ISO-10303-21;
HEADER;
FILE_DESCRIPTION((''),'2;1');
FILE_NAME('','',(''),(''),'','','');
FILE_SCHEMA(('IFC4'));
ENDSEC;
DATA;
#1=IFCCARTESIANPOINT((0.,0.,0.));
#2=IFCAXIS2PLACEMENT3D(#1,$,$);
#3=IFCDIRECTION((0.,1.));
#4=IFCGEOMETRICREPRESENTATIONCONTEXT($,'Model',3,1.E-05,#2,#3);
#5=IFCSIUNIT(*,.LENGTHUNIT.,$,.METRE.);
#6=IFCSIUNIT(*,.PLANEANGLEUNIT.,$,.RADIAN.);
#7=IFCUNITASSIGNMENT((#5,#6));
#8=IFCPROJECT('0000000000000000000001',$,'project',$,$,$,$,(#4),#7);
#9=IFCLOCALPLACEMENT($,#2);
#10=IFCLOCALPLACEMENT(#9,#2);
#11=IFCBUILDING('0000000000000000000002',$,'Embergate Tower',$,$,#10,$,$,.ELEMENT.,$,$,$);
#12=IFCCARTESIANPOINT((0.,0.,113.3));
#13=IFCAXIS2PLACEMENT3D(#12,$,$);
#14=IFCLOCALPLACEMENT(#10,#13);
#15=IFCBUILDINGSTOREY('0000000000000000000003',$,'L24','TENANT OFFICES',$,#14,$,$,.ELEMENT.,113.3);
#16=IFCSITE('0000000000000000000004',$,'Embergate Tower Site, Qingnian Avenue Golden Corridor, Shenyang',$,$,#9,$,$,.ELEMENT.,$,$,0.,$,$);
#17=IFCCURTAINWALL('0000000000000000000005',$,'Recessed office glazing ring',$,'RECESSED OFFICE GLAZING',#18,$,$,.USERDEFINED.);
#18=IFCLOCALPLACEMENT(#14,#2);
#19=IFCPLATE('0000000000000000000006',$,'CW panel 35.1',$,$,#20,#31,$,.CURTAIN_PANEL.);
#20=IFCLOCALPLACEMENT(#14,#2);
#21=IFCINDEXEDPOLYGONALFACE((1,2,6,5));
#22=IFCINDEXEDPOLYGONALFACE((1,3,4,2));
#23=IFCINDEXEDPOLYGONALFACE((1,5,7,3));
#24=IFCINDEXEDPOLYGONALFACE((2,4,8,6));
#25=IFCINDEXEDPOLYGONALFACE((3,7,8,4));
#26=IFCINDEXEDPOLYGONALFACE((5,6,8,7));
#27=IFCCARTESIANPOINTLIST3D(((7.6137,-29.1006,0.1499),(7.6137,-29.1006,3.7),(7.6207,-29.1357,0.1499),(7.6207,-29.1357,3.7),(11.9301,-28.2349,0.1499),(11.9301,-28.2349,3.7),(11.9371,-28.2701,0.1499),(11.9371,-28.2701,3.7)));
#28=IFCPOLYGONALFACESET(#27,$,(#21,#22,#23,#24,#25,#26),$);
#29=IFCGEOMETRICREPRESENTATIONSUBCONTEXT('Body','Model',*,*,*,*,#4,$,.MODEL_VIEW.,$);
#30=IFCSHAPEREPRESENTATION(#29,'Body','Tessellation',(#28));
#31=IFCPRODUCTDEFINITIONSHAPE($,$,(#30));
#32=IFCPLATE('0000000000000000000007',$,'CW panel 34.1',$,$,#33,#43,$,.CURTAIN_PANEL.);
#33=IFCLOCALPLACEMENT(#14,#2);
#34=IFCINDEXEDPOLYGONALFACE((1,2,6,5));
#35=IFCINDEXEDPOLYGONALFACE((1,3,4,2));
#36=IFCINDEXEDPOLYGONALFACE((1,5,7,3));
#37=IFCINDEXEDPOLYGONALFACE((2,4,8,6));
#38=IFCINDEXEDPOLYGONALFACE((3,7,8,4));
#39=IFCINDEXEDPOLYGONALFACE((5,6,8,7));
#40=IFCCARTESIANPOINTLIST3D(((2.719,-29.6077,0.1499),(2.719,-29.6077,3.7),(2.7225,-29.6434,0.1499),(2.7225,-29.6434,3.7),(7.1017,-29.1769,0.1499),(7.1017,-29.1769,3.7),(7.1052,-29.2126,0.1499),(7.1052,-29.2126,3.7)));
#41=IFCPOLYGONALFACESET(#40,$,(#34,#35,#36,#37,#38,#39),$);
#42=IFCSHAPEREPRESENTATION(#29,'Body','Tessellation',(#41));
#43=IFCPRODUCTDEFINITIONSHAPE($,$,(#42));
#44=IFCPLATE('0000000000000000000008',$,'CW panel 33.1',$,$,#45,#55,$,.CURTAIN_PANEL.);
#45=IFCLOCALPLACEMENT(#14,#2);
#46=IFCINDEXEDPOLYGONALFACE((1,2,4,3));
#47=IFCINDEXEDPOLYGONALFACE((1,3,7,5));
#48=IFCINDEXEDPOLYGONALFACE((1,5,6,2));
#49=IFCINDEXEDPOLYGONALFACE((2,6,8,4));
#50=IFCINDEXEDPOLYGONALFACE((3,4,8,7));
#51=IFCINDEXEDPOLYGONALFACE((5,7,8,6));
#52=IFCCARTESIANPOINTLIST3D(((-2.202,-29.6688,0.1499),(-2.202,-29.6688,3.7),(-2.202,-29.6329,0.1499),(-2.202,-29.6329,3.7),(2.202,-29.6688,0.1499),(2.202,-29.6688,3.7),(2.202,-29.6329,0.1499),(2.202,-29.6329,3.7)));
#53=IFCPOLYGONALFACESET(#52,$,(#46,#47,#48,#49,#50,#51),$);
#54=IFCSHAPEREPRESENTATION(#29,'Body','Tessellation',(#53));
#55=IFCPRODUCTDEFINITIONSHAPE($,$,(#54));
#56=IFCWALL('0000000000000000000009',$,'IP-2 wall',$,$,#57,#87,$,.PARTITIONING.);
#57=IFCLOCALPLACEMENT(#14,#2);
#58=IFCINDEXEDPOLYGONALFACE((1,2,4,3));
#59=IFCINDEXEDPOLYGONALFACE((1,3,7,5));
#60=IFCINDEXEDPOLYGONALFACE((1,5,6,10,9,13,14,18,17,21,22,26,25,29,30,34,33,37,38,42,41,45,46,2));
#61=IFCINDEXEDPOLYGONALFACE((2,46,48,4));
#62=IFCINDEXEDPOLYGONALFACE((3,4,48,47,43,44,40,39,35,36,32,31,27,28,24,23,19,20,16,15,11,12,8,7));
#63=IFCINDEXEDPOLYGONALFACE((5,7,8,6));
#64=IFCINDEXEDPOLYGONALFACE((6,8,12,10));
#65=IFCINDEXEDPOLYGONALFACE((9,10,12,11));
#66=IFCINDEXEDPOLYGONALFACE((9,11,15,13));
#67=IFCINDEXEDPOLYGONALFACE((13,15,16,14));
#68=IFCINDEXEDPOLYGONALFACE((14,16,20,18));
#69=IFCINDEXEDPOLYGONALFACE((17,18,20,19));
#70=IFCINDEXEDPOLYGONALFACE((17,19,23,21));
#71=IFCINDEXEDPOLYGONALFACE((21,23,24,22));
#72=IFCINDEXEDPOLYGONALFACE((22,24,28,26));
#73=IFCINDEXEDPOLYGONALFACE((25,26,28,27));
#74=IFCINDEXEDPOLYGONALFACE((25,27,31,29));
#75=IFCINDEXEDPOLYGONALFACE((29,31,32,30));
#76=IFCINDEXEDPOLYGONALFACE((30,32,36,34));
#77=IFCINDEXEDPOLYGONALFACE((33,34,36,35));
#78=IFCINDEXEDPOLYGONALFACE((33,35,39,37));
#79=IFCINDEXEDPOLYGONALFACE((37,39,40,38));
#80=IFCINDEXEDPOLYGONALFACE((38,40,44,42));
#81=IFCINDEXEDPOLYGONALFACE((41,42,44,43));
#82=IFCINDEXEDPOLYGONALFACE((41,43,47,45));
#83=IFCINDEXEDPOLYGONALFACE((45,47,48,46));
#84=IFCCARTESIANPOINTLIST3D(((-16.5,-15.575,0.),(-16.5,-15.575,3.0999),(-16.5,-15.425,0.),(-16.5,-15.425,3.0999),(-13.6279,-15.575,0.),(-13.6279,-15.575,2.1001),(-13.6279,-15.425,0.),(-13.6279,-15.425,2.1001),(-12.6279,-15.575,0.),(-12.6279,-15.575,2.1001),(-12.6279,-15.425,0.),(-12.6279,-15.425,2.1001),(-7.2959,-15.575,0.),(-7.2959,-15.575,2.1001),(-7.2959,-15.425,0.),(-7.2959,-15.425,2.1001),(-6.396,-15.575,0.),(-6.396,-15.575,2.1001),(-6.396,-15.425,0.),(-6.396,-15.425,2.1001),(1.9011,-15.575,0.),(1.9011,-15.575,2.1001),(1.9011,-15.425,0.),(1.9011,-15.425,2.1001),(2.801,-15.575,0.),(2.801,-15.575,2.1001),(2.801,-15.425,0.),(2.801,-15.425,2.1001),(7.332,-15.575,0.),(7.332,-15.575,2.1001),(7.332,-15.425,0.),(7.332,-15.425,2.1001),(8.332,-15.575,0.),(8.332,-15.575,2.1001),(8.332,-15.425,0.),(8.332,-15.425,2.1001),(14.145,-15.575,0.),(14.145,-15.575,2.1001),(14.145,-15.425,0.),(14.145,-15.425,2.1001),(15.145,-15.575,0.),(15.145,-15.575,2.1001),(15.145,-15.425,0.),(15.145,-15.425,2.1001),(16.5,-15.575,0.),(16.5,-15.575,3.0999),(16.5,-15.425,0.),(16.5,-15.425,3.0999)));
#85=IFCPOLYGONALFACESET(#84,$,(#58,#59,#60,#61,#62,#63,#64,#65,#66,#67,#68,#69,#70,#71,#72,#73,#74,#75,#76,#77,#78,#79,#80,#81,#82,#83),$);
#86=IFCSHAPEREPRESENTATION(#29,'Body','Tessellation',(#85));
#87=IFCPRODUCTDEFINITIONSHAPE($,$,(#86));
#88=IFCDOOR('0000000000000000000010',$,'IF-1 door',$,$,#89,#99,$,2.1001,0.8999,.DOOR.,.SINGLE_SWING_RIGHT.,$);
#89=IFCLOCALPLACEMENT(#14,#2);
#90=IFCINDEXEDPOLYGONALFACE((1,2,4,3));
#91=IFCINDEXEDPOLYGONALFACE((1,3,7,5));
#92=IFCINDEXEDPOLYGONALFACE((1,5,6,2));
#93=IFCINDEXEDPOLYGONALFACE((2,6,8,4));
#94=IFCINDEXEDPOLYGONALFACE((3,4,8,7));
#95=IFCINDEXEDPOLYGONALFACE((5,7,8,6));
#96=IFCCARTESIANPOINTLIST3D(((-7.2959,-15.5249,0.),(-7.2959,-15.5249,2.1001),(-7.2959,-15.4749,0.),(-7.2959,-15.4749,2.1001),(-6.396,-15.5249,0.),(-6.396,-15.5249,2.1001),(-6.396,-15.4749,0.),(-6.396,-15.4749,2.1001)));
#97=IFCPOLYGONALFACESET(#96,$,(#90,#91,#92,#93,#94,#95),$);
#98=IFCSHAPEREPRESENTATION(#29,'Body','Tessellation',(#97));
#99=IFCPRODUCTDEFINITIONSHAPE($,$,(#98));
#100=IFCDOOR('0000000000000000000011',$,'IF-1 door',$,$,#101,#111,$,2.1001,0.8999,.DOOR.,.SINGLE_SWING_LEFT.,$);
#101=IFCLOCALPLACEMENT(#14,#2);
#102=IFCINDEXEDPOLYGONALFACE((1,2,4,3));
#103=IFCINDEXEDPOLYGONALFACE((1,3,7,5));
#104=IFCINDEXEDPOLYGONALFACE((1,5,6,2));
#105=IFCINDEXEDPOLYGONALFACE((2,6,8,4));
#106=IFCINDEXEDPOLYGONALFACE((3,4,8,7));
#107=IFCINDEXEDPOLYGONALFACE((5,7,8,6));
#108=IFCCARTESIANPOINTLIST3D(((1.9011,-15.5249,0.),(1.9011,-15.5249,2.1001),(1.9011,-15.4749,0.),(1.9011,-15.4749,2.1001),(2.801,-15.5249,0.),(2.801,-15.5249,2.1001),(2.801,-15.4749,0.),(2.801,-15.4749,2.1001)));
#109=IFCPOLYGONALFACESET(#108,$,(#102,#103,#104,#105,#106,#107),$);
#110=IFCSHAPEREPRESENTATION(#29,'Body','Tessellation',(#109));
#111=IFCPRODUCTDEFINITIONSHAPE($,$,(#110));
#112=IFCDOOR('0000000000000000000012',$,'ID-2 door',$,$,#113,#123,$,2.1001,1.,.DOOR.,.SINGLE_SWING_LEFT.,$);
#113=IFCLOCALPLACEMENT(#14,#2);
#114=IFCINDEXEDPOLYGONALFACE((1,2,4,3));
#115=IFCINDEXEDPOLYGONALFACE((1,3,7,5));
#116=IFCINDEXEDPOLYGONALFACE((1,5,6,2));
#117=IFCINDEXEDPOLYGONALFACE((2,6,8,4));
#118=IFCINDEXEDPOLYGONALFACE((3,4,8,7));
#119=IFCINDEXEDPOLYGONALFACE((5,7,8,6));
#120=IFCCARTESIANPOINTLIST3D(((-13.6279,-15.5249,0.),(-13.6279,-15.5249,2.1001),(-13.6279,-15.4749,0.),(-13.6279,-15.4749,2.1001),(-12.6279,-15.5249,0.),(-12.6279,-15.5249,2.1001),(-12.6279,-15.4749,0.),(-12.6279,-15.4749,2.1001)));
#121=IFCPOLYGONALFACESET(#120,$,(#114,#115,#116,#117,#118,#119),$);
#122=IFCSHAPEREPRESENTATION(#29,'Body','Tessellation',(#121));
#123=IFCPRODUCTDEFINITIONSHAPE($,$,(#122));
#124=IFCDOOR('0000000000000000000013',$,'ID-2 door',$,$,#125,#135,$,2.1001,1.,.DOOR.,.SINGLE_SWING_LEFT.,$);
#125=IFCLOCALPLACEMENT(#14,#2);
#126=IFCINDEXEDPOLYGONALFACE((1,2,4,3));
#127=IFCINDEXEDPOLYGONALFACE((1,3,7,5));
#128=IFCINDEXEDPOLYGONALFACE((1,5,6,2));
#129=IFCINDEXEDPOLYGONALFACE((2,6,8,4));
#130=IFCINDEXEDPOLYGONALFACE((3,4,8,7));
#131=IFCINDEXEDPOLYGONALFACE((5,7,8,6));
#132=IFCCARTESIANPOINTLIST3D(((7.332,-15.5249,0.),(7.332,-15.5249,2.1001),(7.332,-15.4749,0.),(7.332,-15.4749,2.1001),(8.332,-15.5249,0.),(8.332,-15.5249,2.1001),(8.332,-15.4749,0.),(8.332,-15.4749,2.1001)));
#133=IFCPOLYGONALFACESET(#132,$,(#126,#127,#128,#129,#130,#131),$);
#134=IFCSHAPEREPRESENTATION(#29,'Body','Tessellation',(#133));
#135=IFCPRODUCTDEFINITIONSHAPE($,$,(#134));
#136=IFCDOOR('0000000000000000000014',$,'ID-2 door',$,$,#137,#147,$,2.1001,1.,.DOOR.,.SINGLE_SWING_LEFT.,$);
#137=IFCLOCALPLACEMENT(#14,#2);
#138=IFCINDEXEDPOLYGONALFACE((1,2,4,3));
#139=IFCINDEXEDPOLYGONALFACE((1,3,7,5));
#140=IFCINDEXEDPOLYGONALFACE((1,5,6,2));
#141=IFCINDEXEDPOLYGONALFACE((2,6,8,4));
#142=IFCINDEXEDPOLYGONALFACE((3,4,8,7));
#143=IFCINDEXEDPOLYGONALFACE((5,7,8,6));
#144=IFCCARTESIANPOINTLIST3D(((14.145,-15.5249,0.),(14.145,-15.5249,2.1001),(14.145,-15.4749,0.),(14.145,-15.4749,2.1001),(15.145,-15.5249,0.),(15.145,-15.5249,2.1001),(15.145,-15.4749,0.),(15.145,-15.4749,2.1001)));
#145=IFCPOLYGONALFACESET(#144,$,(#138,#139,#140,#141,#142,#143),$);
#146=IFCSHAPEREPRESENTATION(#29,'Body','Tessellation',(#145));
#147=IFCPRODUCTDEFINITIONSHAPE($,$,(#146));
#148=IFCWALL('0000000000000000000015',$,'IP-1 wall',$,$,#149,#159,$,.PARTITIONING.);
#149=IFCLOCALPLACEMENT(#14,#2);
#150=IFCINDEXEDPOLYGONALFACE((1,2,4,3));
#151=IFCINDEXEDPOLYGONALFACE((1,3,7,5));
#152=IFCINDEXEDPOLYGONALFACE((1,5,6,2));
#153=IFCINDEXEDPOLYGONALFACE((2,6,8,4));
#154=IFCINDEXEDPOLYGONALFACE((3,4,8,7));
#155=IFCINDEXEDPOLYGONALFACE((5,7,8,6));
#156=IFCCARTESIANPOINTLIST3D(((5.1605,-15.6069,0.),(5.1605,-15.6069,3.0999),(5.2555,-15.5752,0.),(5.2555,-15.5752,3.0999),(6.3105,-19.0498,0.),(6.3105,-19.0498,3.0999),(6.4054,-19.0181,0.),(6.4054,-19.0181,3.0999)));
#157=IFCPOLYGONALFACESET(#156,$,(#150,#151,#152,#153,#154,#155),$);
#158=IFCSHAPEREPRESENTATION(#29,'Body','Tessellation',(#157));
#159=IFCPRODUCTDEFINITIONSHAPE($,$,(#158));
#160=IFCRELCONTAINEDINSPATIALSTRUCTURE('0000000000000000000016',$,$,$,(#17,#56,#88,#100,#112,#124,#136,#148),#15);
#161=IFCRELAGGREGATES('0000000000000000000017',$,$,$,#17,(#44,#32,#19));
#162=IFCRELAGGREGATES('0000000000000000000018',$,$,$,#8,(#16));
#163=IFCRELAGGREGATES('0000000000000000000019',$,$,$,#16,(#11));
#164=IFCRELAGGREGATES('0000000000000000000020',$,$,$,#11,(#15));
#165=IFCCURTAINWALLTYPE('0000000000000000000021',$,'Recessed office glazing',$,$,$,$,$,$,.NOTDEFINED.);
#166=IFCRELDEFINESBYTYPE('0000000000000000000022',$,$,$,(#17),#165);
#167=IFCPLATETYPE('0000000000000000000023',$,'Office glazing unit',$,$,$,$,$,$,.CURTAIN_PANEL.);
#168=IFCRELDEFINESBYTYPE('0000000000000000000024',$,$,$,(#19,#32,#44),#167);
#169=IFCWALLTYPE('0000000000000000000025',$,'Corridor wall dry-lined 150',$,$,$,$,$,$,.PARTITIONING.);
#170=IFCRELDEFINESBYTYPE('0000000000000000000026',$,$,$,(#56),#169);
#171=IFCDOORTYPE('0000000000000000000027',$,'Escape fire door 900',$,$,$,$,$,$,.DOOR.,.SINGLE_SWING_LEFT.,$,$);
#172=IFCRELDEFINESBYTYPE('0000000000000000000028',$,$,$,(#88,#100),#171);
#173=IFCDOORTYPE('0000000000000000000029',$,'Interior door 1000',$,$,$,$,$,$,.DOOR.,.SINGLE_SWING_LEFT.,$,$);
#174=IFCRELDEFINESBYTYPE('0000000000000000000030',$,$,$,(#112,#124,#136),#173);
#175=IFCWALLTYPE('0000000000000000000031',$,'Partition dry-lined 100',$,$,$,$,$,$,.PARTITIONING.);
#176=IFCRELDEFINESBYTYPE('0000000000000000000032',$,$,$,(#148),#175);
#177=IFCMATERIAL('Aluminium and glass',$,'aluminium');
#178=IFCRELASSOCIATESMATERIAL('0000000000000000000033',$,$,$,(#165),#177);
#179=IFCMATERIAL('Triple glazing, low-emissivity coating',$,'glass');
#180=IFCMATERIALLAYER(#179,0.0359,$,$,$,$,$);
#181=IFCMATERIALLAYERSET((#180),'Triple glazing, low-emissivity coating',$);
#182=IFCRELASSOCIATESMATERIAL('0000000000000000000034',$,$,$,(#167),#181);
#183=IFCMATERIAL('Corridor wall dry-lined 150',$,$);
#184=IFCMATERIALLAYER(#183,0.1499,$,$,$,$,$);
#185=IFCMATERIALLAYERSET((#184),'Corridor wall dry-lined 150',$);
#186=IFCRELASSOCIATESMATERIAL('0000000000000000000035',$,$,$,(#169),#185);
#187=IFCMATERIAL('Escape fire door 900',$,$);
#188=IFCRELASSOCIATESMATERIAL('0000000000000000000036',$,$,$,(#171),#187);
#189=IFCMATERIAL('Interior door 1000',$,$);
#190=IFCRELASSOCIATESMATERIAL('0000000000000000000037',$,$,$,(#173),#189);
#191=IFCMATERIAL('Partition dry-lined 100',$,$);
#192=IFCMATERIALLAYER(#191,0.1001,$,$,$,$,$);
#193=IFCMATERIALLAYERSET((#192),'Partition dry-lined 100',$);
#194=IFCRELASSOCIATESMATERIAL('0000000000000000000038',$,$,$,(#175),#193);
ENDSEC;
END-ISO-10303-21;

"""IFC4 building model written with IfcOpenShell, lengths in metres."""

from ifc_helpers import new_model, si_unit, direction, frame, frame_2d, origin, origin_2d, place, context, subcontext, project, spatial, rectangle, extrude, source, transform, mapped, material, layer, layer_set, type_object, element, fill, aggregate, save


model = new_model("IFC4")

# Units and contexts
model_context = context("Model", 3, precision=1e-05, world=origin(), true_north=direction((0.0, 1.0)))
body_context = subcontext(model_context, "Body", "Model", "MODEL_VIEW")
ifc_project = project(units=[si_unit("LENGTHUNIT", "METRE"), si_unit("PLANEANGLEUNIT", "RADIAN")], contexts=[model_context])

# Site, building, storey
site_placement = place(None, origin())
site = spatial("IfcSite", under=ifc_project, at=site_placement, Name="Embergate Tower Site, Qingnian Avenue Golden Corridor, Shenyang", CompositionType="ELEMENT", RefElevation=0.0)
building_placement = place(site_placement, origin())
building = spatial("IfcBuilding", under=site, at=building_placement, Name="Embergate Tower", CompositionType="ELEMENT")
storey_placement = place(building_placement, frame((0.0, 0.0, 113.3)))
storey = spatial("IfcBuildingStorey", under=building, at=storey_placement, Name="L24", Description="TENANT OFFICES", CompositionType="ELEMENT", Elevation=113.3)

# Curtain wall
ifc_material_1 = material(Name="Aluminium and glass", Category="aluminium")
curtain_wall_type = type_object("IfcCurtainWallType", Name="Recessed office glazing", PredefinedType="NOTDEFINED", material=ifc_material_1)
curtain_wall_placement = place(storey_placement, origin())
curtain_wall = element("IfcCurtainWall", 1, at=curtain_wall_placement, inside=storey, type_object=curtain_wall_type, Name="Recessed office glazing ring", ObjectType="RECESSED OFFICE GLAZING", PredefinedType="USERDEFINED")

# Plates
ifc_material_2 = material(Name="Triple glazing, low-emissivity coating", Category="glass")
ifc_layer_1 = layer(ifc_material_2, 0.0359)
ifc_layer_set_1 = layer_set([ifc_layer_1], Name="Triple glazing, low-emissivity coating")
plate_type = type_object("IfcPlateType", Name="Office glazing unit", PredefinedType="CURTAIN_PANEL", material=ifc_layer_set_1)
shared_shape_1 = source(origin(), body_context, "Body", "SweptSolid", [
    extrude(rectangle(XDim=4.4023, YDim=0.0359, at=origin_2d()), origin(), (0.0, 0.0, 1.0), 3.55),
])
plate_1_placement = place(storey_placement, frame((9.7754, -28.6853, 0.1499), z_axis=(0.0, 0.0, 1.0), x_axis=(0.980475, 0.196643, 0.0)))
plate_1 = element("IfcPlate", 2, at=plate_1_placement, type_object=plate_type, Name="CW panel 35.1", PredefinedType="CURTAIN_PANEL", context=body_context, shape_type="MappedRepresentation", body=[
    mapped(shared_shape_1, transform((0.0, 0.0, 0.0))),
])
shared_shape_2 = source(origin(), body_context, "Body", "SweptSolid", [
    extrude(rectangle(XDim=4.4038, YDim=0.0359, at=origin_2d()), origin(), (0.0, 0.0, 1.0), 3.55),
])
plate_2_placement = place(storey_placement, frame((4.9121, -29.4102, 0.1499), z_axis=(0.0, 0.0, 1.0), x_axis=(0.995203, 0.097831, 0.0)))
plate_2 = element("IfcPlate", 3, at=plate_2_placement, type_object=plate_type, Name="CW panel 34.1", PredefinedType="CURTAIN_PANEL", context=body_context, shape_type="MappedRepresentation", body=[
    mapped(shared_shape_2, transform((0.0, 0.0, 0.0))),
])
shared_shape_3 = source(origin(), body_context, "Body", "SweptSolid", [
    extrude(rectangle(XDim=4.4041, YDim=0.0359, at=origin_2d()), origin(), (0.0, 0.0, 1.0), 3.55),
])
plate_3_placement = place(storey_placement, frame((0.0, -29.6509, 0.1499), z_axis=(0.0, 0.0, 1.0), x_axis=(1.0, 0.0, 0.0)))
plate_3 = element("IfcPlate", 4, at=plate_3_placement, type_object=plate_type, Name="CW panel 33.1", PredefinedType="CURTAIN_PANEL", context=body_context, shape_type="MappedRepresentation", body=[
    mapped(shared_shape_3, transform((0.0, 0.0, 0.0))),
])
aggregate(curtain_wall, [plate_3, plate_2, plate_1])

# Wall, openings, doors
ifc_material_3 = material(Name="Corridor wall dry-lined 150")
ifc_layer_2 = layer(ifc_material_3, 0.1499)
ifc_layer_set_2 = layer_set([ifc_layer_2], Name="Corridor wall dry-lined 150")
wall_type_1 = type_object("IfcWallType", Name="Corridor wall dry-lined 150", PredefinedType="PARTITIONING", material=ifc_layer_set_2)
shared_shape_4 = source(origin(), body_context, "Body", "SweptSolid", [
    extrude(rectangle(XDim=33.0, YDim=0.1499, at=frame_2d((16.5, 0.0))), origin(), (0.0, 0.0, 1.0), 3.0999),
])
wall_1_placement = place(storey_placement, frame((16.5, -15.5, 0.0), z_axis=(0.0, 0.0, 1.0), x_axis=(-1.0, 0.0, 0.0)))
wall_1 = element("IfcWall", 5, at=wall_1_placement, inside=storey, type_object=wall_type_1, Name="IP-2 wall", PredefinedType="PARTITIONING", context=body_context, shape_type="MappedRepresentation", body=[
    mapped(shared_shape_4, transform((0.0, 0.0, 0.0))),
])
shared_shape_5 = source(origin(), body_context, "Body", "SweptSolid", [
    extrude(rectangle(XDim=1.0, YDim=2.1001, at=frame_2d((0.5, 1.05))), frame((0.0, 0.085, 0.0), z_axis=(0.0, -1.0, 0.0), x_axis=(1.0, 0.0, 0.0)), (0.0, 0.0, 1.0), 0.1699),
])
opening_1_placement = place(wall_1_placement, frame((29.1279, 0.0, 0.0)))
opening_1 = element("IfcOpeningElement", 6, at=opening_1_placement, cuts=wall_1, PredefinedType="OPENING", context=body_context, shape_type="MappedRepresentation", body=[
    mapped(shared_shape_5, transform((0.0, 0.0, 0.0))),
])
shared_shape_6 = source(origin(), body_context, "Body", "SweptSolid", [
    extrude(rectangle(XDim=0.8999, YDim=2.1001, at=frame_2d((0.45, 1.05))), frame((0.0, 0.085, 0.0), z_axis=(0.0, -1.0, 0.0), x_axis=(1.0, 0.0, 0.0)), (0.0, 0.0, 1.0), 0.1699),
])
opening_2_placement = place(wall_1_placement, frame((22.896, 0.0, 0.0)))
opening_2 = element("IfcOpeningElement", 7, at=opening_2_placement, cuts=wall_1, PredefinedType="OPENING", context=body_context, shape_type="MappedRepresentation", body=[
    mapped(shared_shape_6, transform((0.0, 0.0, 0.0))),
])
opening_3_placement = place(wall_1_placement, frame((13.699, 0.0, 0.0)))
opening_3 = element("IfcOpeningElement", 8, at=opening_3_placement, cuts=wall_1, PredefinedType="OPENING", context=body_context, shape_type="MappedRepresentation", body=[
    mapped(shared_shape_6, transform((0.0, 0.0, 0.0))),
])
opening_4_placement = place(wall_1_placement, frame((8.168, 0.0, 0.0)))
opening_4 = element("IfcOpeningElement", 9, at=opening_4_placement, cuts=wall_1, PredefinedType="OPENING", context=body_context, shape_type="MappedRepresentation", body=[
    mapped(shared_shape_5, transform((0.0, 0.0, 0.0))),
])
opening_5_placement = place(wall_1_placement, frame((1.355, 0.0, 0.0)))
opening_5 = element("IfcOpeningElement", 10, at=opening_5_placement, cuts=wall_1, PredefinedType="OPENING", context=body_context, shape_type="MappedRepresentation", body=[
    mapped(shared_shape_5, transform((0.0, 0.0, 0.0))),
])
ifc_material_4 = material(Name="Escape fire door 900")
door_type_1 = type_object("IfcDoorType", Name="Escape fire door 900", OperationType="SINGLE_SWING_LEFT", PredefinedType="DOOR", material=ifc_material_4)
shared_shape_7 = source(origin(), body_context, "Body", "SweptSolid", [
    extrude(rectangle(XDim=0.8999, YDim=2.1001, at=frame_2d((0.45, 1.05))), frame((0.0, 0.0249, 0.0), z_axis=(0.0, -1.0, 0.0), x_axis=(1.0, 0.0, 0.0)), (0.0, 0.0, 1.0), 0.05),
])
door_1_placement = place(opening_2_placement, origin())
door_1 = element("IfcDoor", 11, at=door_1_placement, inside=storey, type_object=door_type_1, Name="IF-1 door", OperationType="SINGLE_SWING_RIGHT", OverallHeight=2.1001, OverallWidth=0.8999, PredefinedType="DOOR", context=body_context, shape_type="MappedRepresentation", body=[
    mapped(shared_shape_7, transform((0.0, 0.0, 0.0))),
])
fill(opening_2, door_1)
door_2_placement = place(opening_3_placement, origin())
door_2 = element("IfcDoor", 12, at=door_2_placement, inside=storey, type_object=door_type_1, Name="IF-1 door", OperationType="SINGLE_SWING_LEFT", OverallHeight=2.1001, OverallWidth=0.8999, PredefinedType="DOOR", context=body_context, shape_type="MappedRepresentation", body=[
    mapped(shared_shape_7, transform((0.0, 0.0, 0.0))),
])
fill(opening_3, door_2)
ifc_material_5 = material(Name="Interior door 1000")
door_type_2 = type_object("IfcDoorType", Name="Interior door 1000", OperationType="SINGLE_SWING_LEFT", PredefinedType="DOOR", material=ifc_material_5)
shared_shape_8 = source(origin(), body_context, "Body", "SweptSolid", [
    extrude(rectangle(XDim=1.0, YDim=2.1001, at=frame_2d((0.5, 1.05))), frame((0.0, 0.0249, 0.0), z_axis=(0.0, -1.0, 0.0), x_axis=(1.0, 0.0, 0.0)), (0.0, 0.0, 1.0), 0.05),
])
door_3_placement = place(opening_1_placement, origin())
door_3 = element("IfcDoor", 13, at=door_3_placement, inside=storey, type_object=door_type_2, Name="ID-2 door", OperationType="SINGLE_SWING_LEFT", OverallHeight=2.1001, OverallWidth=1.0, PredefinedType="DOOR", context=body_context, shape_type="MappedRepresentation", body=[
    mapped(shared_shape_8, transform((0.0, 0.0, 0.0))),
])
fill(opening_1, door_3)
door_4_placement = place(opening_4_placement, origin())
door_4 = element("IfcDoor", 14, at=door_4_placement, inside=storey, type_object=door_type_2, Name="ID-2 door", OperationType="SINGLE_SWING_LEFT", OverallHeight=2.1001, OverallWidth=1.0, PredefinedType="DOOR", context=body_context, shape_type="MappedRepresentation", body=[
    mapped(shared_shape_8, transform((0.0, 0.0, 0.0))),
])
fill(opening_4, door_4)
door_5_placement = place(opening_5_placement, origin())
door_5 = element("IfcDoor", 15, at=door_5_placement, inside=storey, type_object=door_type_2, Name="ID-2 door", OperationType="SINGLE_SWING_LEFT", OverallHeight=2.1001, OverallWidth=1.0, PredefinedType="DOOR", context=body_context, shape_type="MappedRepresentation", body=[
    mapped(shared_shape_8, transform((0.0, 0.0, 0.0))),
])
fill(opening_5, door_5)

# Wall
ifc_material_6 = material(Name="Partition dry-lined 100")
ifc_layer_3 = layer(ifc_material_6, 0.1001)
ifc_layer_set_3 = layer_set([ifc_layer_3], Name="Partition dry-lined 100")
wall_type_2 = type_object("IfcWallType", Name="Partition dry-lined 100", PredefinedType="PARTITIONING", material=ifc_layer_set_3)
shared_shape_9 = source(origin(), body_context, "Body", "SweptSolid", [
    extrude(rectangle(XDim=3.6299, YDim=0.1001, at=frame_2d((1.8149, 0.0))), origin(), (0.0, 0.0, 1.0), 3.0999),
])
wall_2_placement = place(storey_placement, frame((5.208, -15.5911, 0.0), z_axis=(0.0, 0.0, 1.0), x_axis=(0.316793, -0.948495, 0.0)))
element("IfcWall", 16, at=wall_2_placement, inside=storey, type_object=wall_type_2, Name="IP-1 wall", PredefinedType="PARTITIONING", context=body_context, shape_type="MappedRepresentation", body=[
    mapped(shared_shape_9, transform((0.0, 0.0, 0.0))),
])

save(model, "model.ifc")
